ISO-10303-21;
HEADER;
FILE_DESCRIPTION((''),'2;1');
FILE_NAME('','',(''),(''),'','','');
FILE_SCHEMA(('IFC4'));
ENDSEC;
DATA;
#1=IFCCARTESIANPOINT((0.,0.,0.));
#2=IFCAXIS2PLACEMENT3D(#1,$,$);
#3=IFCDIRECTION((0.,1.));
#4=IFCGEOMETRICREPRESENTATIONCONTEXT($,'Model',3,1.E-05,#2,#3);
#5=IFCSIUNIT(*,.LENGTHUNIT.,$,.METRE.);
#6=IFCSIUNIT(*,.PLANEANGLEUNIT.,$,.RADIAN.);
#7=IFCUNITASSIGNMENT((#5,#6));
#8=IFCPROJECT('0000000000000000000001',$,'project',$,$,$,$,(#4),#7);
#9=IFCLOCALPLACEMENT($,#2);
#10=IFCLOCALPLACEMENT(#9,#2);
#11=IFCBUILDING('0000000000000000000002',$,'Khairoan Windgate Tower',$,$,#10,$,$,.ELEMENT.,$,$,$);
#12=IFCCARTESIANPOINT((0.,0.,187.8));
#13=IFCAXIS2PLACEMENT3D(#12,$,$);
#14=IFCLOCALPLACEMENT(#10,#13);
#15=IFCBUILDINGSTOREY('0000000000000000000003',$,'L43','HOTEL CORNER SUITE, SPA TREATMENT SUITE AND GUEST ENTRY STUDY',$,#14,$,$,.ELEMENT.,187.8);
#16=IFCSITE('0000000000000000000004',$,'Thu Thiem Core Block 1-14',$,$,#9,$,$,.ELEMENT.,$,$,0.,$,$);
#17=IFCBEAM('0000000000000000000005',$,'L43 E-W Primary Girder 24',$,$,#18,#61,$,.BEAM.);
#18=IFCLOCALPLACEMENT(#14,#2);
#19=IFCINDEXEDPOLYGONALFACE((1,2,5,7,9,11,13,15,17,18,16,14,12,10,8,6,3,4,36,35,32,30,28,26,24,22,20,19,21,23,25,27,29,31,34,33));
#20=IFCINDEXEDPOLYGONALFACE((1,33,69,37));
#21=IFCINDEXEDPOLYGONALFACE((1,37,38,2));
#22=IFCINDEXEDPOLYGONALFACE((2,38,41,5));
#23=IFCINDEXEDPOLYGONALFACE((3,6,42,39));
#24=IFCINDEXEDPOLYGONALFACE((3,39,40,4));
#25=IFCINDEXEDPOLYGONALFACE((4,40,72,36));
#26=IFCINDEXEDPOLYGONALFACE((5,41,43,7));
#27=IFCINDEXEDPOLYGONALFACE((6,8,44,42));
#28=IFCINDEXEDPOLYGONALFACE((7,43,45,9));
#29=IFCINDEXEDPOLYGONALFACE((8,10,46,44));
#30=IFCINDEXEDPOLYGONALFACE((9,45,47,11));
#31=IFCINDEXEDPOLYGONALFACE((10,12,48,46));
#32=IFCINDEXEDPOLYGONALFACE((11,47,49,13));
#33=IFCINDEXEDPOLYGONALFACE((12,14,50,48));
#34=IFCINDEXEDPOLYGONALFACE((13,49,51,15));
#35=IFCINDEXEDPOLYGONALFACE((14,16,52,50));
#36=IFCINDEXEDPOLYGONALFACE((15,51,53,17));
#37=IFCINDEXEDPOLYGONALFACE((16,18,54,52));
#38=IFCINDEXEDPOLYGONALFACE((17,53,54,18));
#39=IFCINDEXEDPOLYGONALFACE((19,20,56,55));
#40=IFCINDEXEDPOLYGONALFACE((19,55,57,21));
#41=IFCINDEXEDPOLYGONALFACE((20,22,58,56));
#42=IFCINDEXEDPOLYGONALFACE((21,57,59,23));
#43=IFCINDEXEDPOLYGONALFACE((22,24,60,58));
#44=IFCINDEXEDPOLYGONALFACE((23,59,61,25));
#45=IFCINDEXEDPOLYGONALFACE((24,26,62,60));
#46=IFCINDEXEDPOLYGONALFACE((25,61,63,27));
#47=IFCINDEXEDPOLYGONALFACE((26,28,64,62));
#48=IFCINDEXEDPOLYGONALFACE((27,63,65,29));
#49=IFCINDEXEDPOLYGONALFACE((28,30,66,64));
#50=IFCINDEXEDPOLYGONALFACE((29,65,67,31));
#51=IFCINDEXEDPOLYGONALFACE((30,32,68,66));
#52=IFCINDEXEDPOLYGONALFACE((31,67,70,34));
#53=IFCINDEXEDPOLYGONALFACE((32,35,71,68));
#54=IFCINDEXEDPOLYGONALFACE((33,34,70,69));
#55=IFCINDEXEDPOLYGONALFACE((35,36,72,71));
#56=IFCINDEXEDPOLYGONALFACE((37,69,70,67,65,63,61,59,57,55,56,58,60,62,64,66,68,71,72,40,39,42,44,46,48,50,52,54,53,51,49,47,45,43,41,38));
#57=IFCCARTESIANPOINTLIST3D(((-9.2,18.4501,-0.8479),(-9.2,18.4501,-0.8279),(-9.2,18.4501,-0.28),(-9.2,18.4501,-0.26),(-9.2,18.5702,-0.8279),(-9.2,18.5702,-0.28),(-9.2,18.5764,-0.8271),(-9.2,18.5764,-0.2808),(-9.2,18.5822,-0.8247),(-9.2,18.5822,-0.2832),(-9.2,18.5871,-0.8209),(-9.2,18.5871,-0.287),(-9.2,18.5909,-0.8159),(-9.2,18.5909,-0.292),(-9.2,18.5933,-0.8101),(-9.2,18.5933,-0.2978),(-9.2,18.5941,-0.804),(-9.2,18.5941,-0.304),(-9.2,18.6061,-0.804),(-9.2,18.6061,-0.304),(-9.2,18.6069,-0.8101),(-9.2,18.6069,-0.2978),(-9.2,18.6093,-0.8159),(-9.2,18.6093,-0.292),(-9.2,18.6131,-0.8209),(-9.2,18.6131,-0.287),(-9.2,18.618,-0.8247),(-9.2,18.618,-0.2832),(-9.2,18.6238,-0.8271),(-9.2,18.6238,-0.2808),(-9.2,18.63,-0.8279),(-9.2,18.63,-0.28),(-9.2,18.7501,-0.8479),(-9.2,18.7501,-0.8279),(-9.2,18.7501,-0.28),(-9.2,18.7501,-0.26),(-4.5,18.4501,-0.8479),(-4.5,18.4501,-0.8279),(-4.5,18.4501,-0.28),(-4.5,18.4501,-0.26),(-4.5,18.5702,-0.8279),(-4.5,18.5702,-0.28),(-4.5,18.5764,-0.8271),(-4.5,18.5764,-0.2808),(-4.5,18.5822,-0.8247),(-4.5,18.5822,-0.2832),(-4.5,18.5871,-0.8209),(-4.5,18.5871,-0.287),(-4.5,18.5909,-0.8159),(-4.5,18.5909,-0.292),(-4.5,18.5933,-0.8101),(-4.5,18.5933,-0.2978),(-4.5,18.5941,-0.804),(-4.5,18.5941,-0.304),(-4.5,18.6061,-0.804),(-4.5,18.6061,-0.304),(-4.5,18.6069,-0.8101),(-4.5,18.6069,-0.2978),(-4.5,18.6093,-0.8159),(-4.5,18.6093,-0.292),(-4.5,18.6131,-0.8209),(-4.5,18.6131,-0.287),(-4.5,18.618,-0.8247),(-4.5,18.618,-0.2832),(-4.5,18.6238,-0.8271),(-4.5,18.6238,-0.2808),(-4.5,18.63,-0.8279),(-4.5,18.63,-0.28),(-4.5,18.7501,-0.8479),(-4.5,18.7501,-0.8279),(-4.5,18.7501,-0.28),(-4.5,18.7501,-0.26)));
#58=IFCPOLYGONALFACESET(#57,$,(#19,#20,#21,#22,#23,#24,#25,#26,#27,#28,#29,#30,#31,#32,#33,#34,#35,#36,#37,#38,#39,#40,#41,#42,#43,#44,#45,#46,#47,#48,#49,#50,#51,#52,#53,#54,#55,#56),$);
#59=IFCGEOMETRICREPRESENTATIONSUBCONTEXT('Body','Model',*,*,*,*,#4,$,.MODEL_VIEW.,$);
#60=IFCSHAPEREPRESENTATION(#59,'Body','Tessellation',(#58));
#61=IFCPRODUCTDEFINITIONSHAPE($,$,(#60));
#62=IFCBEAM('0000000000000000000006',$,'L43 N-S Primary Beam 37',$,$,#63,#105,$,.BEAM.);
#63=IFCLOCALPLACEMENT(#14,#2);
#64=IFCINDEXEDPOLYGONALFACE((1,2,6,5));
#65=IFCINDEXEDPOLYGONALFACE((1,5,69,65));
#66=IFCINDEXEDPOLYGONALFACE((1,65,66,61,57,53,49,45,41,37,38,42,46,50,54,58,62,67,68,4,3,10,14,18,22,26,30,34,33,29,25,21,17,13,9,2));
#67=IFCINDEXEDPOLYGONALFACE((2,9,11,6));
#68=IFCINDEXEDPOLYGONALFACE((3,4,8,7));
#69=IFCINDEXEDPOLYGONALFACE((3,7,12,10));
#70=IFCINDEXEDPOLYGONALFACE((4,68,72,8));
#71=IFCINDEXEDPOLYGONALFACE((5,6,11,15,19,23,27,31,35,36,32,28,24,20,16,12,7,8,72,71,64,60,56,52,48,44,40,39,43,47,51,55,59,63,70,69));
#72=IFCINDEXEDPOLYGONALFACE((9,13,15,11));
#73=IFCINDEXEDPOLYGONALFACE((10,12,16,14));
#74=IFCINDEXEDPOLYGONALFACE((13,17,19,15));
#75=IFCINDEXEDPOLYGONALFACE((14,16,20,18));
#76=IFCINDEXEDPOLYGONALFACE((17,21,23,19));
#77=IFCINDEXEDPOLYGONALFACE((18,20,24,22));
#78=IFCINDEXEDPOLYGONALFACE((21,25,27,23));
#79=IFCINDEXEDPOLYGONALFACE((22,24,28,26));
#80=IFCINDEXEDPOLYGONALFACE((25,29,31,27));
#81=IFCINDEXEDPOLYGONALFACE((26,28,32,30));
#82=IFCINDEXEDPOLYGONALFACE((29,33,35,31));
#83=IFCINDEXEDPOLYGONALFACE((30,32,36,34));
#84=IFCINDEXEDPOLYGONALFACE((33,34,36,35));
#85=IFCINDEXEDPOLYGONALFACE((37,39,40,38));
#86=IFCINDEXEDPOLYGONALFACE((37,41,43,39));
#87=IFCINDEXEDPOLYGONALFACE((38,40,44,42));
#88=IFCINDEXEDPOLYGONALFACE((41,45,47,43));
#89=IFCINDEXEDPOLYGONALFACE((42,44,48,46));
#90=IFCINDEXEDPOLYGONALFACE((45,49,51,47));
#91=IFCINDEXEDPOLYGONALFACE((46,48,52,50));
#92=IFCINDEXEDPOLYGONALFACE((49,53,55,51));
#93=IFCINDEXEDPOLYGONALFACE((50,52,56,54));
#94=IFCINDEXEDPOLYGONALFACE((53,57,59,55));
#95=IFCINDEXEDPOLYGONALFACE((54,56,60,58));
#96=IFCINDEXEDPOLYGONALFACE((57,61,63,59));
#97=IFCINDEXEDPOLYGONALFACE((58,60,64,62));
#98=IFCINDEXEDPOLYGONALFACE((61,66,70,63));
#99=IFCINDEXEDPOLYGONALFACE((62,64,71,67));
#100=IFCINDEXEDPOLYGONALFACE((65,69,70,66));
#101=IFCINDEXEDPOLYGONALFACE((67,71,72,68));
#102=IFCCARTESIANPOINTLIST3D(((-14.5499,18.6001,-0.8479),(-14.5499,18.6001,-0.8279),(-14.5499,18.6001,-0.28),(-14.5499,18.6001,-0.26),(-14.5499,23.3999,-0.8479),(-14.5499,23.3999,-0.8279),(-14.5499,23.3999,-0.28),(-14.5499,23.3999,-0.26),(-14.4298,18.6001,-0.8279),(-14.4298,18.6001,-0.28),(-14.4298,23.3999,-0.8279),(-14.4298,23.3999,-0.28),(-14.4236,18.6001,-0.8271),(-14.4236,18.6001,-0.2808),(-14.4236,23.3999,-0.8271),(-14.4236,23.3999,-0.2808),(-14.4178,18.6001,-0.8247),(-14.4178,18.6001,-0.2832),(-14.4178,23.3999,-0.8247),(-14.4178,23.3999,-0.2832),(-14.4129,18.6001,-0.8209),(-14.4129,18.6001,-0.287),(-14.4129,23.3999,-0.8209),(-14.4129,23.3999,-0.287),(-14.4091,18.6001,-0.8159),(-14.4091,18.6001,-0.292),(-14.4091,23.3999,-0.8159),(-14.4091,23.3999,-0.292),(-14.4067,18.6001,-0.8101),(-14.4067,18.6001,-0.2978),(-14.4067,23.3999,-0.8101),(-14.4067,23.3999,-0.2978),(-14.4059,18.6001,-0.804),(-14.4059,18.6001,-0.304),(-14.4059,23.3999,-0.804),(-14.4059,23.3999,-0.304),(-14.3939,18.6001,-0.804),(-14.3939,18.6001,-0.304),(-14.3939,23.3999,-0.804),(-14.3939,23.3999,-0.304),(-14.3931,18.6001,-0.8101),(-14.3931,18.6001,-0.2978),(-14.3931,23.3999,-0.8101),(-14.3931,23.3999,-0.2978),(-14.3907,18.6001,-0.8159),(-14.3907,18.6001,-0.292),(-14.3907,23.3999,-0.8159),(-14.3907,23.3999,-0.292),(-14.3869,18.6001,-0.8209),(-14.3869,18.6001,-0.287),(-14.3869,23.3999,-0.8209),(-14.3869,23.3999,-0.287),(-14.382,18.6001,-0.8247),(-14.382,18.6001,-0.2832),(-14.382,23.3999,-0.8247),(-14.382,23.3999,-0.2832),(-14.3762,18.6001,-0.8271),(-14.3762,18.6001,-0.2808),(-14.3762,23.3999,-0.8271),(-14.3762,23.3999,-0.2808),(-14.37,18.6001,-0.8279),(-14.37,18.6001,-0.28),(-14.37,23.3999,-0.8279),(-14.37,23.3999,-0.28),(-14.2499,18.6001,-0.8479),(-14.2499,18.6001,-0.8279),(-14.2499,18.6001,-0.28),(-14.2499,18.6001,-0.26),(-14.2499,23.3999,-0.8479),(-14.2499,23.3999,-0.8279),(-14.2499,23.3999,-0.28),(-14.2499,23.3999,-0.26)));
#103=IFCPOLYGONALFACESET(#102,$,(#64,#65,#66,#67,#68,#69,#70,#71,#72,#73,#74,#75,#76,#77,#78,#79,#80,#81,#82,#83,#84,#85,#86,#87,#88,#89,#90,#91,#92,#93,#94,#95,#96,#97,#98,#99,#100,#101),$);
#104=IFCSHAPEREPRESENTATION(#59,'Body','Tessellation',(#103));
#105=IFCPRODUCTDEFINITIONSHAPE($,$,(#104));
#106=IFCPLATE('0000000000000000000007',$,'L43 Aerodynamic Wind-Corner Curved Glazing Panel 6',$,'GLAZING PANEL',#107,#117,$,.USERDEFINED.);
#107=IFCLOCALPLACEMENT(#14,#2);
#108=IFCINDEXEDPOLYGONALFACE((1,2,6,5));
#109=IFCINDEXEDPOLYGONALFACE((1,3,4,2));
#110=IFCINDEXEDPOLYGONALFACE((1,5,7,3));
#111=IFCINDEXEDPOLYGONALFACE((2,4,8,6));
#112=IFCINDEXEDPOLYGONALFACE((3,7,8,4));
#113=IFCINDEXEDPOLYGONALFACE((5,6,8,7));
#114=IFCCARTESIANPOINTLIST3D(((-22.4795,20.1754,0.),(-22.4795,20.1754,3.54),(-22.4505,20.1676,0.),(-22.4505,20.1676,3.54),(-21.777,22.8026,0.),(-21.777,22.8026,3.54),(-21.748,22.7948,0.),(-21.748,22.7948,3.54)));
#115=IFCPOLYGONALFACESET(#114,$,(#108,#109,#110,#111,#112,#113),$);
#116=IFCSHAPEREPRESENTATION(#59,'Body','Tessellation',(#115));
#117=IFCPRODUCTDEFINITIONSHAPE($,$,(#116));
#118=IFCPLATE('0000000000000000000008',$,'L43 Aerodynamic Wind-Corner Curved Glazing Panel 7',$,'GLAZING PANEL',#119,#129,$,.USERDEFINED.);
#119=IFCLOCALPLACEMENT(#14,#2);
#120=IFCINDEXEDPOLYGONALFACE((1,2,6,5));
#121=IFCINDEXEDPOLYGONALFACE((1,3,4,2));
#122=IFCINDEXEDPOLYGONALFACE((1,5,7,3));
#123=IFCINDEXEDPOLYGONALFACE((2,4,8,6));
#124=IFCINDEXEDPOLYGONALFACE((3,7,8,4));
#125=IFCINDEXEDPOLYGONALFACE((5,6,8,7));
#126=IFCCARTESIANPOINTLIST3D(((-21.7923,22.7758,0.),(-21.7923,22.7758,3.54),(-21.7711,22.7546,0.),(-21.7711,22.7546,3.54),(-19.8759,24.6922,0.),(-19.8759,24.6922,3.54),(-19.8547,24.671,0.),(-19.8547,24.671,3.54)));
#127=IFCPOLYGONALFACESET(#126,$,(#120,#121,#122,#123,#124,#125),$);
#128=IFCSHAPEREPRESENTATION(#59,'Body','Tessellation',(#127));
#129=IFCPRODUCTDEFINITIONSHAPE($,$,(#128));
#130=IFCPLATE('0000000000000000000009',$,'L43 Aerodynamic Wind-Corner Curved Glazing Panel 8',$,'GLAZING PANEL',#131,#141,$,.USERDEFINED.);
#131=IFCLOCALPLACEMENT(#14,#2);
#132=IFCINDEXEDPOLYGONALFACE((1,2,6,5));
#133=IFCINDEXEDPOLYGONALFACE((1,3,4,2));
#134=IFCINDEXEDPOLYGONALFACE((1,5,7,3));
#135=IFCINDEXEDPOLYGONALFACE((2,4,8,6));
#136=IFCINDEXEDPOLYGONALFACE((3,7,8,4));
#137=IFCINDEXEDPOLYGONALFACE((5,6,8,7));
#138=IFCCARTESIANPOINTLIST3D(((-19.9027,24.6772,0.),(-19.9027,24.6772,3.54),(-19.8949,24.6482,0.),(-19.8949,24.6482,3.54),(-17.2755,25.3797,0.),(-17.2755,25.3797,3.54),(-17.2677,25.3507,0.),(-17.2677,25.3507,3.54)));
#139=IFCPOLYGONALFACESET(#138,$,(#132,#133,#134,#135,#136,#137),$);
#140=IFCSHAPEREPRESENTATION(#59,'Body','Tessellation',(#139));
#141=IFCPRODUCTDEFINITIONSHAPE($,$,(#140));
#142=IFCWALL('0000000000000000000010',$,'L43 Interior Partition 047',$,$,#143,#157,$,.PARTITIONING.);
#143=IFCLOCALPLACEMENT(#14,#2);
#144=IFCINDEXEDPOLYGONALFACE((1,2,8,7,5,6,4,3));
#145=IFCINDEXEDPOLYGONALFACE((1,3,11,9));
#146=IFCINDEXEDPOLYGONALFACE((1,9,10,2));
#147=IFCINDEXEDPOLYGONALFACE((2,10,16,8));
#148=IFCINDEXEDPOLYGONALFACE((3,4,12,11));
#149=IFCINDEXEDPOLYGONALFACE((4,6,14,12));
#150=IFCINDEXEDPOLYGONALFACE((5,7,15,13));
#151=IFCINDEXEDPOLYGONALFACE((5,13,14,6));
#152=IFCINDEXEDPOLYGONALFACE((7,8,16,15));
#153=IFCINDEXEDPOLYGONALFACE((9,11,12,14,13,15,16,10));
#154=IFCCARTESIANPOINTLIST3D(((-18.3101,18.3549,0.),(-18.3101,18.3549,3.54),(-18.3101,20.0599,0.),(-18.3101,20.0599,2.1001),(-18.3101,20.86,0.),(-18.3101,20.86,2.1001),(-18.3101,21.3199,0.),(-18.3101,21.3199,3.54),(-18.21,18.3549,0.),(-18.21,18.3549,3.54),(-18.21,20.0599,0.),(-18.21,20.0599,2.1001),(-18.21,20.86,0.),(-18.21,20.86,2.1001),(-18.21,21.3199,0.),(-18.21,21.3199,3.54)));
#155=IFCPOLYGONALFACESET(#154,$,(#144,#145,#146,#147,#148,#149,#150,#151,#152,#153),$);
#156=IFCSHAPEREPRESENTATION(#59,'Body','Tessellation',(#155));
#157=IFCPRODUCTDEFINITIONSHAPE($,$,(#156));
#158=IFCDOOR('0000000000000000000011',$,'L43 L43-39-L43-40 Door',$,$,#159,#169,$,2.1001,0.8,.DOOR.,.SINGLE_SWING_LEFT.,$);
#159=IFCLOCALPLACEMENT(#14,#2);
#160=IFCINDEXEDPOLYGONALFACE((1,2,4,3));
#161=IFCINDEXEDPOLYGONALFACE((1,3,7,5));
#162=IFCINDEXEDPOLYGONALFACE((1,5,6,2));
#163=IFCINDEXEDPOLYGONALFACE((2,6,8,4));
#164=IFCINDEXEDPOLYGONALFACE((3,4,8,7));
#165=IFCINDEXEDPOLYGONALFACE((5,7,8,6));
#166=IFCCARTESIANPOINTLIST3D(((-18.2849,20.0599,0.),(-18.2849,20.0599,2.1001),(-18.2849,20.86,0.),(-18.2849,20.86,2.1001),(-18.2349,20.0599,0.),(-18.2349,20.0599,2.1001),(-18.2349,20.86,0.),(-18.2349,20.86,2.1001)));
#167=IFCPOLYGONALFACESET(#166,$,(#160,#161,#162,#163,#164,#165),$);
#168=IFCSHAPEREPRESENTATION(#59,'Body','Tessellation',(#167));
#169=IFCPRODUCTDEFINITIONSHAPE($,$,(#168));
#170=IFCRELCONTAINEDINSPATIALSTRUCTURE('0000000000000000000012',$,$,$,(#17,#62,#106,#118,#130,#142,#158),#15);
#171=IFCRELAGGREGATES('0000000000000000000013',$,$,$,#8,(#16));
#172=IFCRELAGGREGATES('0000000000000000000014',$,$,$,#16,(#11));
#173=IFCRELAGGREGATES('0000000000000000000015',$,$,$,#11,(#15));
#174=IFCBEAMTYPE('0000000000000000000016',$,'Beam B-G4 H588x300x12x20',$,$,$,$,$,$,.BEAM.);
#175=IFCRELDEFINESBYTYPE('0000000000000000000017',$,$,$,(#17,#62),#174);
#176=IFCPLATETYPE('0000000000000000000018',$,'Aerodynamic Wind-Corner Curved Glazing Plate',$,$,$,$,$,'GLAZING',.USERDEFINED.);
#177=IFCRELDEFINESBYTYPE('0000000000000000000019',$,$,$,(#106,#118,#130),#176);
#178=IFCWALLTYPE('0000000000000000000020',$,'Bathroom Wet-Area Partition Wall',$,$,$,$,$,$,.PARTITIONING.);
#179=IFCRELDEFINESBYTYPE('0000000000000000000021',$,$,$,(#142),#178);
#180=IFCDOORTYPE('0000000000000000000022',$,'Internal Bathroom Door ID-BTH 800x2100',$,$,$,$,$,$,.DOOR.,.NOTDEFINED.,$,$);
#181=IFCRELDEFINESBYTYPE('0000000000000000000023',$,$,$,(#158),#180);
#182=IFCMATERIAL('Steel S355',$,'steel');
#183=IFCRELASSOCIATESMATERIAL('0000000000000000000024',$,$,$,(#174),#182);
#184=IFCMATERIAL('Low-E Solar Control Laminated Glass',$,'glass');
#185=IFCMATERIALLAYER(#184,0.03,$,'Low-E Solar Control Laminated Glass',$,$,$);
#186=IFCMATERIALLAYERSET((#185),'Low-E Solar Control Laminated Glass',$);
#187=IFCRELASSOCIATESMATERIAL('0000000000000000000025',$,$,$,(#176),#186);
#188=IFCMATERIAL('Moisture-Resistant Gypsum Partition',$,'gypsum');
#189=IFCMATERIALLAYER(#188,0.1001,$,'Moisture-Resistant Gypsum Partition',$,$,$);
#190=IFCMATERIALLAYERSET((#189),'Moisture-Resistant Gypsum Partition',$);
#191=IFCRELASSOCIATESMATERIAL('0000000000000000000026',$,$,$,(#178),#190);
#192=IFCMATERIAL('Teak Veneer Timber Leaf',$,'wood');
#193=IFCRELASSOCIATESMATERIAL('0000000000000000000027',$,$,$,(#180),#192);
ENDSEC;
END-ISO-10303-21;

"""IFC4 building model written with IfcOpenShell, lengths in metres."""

from ifc_helpers import new_model, si_unit, direction, frame, frame_2d, origin, origin_2d, place, context, subcontext, project, spatial, rectangle, i_section, extrude, material, layer, layer_set, material_profile, profile_set, type_object, element, fill, save


model = new_model("IFC4")

# Units and contexts
model_context = context("Model", 3, precision=1e-05, world=origin(), true_north=direction((0.0, 1.0)))
body_context = subcontext(model_context, "Body", "Model", "MODEL_VIEW")
ifc_project = project(units=[si_unit("LENGTHUNIT", "METRE"), si_unit("PLANEANGLEUNIT", "RADIAN")], contexts=[model_context])

# Site, building, storey
site_placement = place(None, origin())
site = spatial("IfcSite", under=ifc_project, at=site_placement, Name="Thu Thiem Core Block 1-14", CompositionType="ELEMENT", RefElevation=0.0)
building_placement = place(site_placement, origin())
building = spatial("IfcBuilding", under=site, at=building_placement, Name="Khairoan Windgate Tower", CompositionType="ELEMENT")
storey_placement = place(building_placement, frame((0.0, 0.0, 187.8)))
storey = spatial("IfcBuildingStorey", under=building, at=storey_placement, Name="L43", Description="HOTEL CORNER SUITE, SPA TREATMENT SUITE AND GUEST ENTRY STUDY", CompositionType="ELEMENT", Elevation=187.8)

# Beams
ifc_material_1 = material(Name="Steel S355", Category="steel")
ifc_material_profile_1 = material_profile(ifc_material_1, i_section(OverallWidth=0.3, OverallDepth=0.5879, WebThickness=0.012, FlangeThickness=0.02, FilletRadius=0.0239, at=origin_2d()))
ifc_profile_set_1 = profile_set([ifc_material_profile_1], Name="Steel S355")
beam_type = type_object("IfcBeamType", Name="Beam B-G4 H588x300x12x20", PredefinedType="BEAM", material=ifc_profile_set_1)
beam_1_placement = place(storey_placement, frame((-9.2, 18.6001, -0.554), z_axis=(1.0, 0.0, 0.0), x_axis=(0.0, 1.0, 0.0)))
element("IfcBeam", 1, at=beam_1_placement, inside=storey, type_object=beam_type, Name="L43 E-W Primary Girder 24", PredefinedType="BEAM", context=body_context, shape_type="SweptSolid", body=[
    extrude(i_section(OverallWidth=0.3, OverallDepth=0.5879, WebThickness=0.012, FlangeThickness=0.02, FilletRadius=0.0239, at=origin_2d()), origin(), (0.0, 0.0, 1.0), 4.7),
])
beam_2_placement = place(storey_placement, frame((-14.3999, 18.6001, -0.554), z_axis=(0.0, 1.0, 0.0), x_axis=(-1.0, 0.0, 0.0)))
element("IfcBeam", 2, at=beam_2_placement, inside=storey, type_object=beam_type, Name="L43 N-S Primary Beam 37", PredefinedType="BEAM", context=body_context, shape_type="SweptSolid", body=[
    extrude(i_section(OverallWidth=0.3, OverallDepth=0.5879, WebThickness=0.012, FlangeThickness=0.02, FilletRadius=0.0239, at=origin_2d()), origin(), (0.0, 0.0, 1.0), 4.7998),
])

# Plates
ifc_material_2 = material(Name="Low-E Solar Control Laminated Glass", Category="glass")
ifc_layer_1 = layer(ifc_material_2, 0.03, Name="Low-E Solar Control Laminated Glass")
ifc_layer_set_1 = layer_set([ifc_layer_1], Name="Low-E Solar Control Laminated Glass")
plate_type_1 = type_object("IfcPlateType", Name="Aerodynamic Wind-Corner Curved Glazing Plate", ElementType="GLAZING", PredefinedType="USERDEFINED", material=ifc_layer_set_1)
plate_1_placement = place(storey_placement, frame((-22.1138, 21.4851, 0.0), z_axis=(0.0, 0.0, 1.0), x_axis=(0.258313, 0.966061, 0.0)))
element("IfcPlate", 3, at=plate_1_placement, inside=storey, type_object=plate_type_1, Name="L43 Aerodynamic Wind-Corner Curved Glazing Panel 6", ObjectType="GLAZING PANEL", PredefinedType="USERDEFINED", context=body_context, shape_type="SweptSolid", body=[
    extrude(rectangle(XDim=2.7195, YDim=0.03, at=origin_2d()), origin(), (0.0, 0.0, 1.0), 3.54),
])
plate_2_placement = place(storey_placement, frame((-20.8235, 23.7234, 0.0), z_axis=(0.0, 0.0, 1.0), x_axis=(0.707107, 0.707107, 0.0)))
element("IfcPlate", 4, at=plate_2_placement, inside=storey, type_object=plate_type_1, Name="L43 Aerodynamic Wind-Corner Curved Glazing Panel 7", ObjectType="GLAZING PANEL", PredefinedType="USERDEFINED", context=body_context, shape_type="SweptSolid", body=[
    extrude(rectangle(XDim=2.7102, YDim=0.03, at=origin_2d()), origin(), (0.0, 0.0, 1.0), 3.54),
])
plate_3_placement = place(storey_placement, frame((-18.5852, 25.0139, 0.0), z_axis=(0.0, 0.0, 1.0), x_axis=(0.966061, 0.258313, 0.0)))
element("IfcPlate", 5, at=plate_3_placement, inside=storey, type_object=plate_type_1, Name="L43 Aerodynamic Wind-Corner Curved Glazing Panel 8", ObjectType="GLAZING PANEL", PredefinedType="USERDEFINED", context=body_context, shape_type="SweptSolid", body=[
    extrude(rectangle(XDim=2.7195, YDim=0.03, at=origin_2d()), origin(), (0.0, 0.0, 1.0), 3.54),
])

# Wall, opening, door
ifc_material_3 = material(Name="Moisture-Resistant Gypsum Partition", Category="gypsum")
ifc_layer_2 = layer(ifc_material_3, 0.1001, Name="Moisture-Resistant Gypsum Partition")
ifc_layer_set_2 = layer_set([ifc_layer_2], Name="Moisture-Resistant Gypsum Partition")
wall_type_1 = type_object("IfcWallType", Name="Bathroom Wet-Area Partition Wall", PredefinedType="PARTITIONING", material=ifc_layer_set_2)
wall_1_placement = place(storey_placement, frame((-18.26, 18.355, 0.0), z_axis=(0.0, 0.0, 1.0), x_axis=(0.0, 1.0, 0.0)))
wall_1 = element("IfcWall", 6, at=wall_1_placement, inside=storey, type_object=wall_type_1, Name="L43 Interior Partition 047", PredefinedType="PARTITIONING", context=body_context, shape_type="SweptSolid", body=[
    extrude(rectangle(XDim=2.9651, YDim=0.1001, at=frame_2d((1.4824, 0.0))), origin(), (0.0, 0.0, 1.0), 3.54),
])
opening_1_placement = place(wall_1_placement, frame((1.7051, 0.0, 0.0)))
opening_1 = element("IfcOpeningElement", 7, at=opening_1_placement, cuts=wall_1, PredefinedType="OPENING", context=body_context, shape_type="SweptSolid", body=[
    extrude(rectangle(XDim=0.8, YDim=2.1001, at=frame_2d((0.3999, 1.05))), frame((0.0, 0.0601, 0.0), z_axis=(0.0, -1.0, 0.0), x_axis=(1.0, 0.0, 0.0)), (0.0, 0.0, 1.0), 0.1201),
])
ifc_material_4 = material(Name="Teak Veneer Timber Leaf", Category="wood")
door_type_1 = type_object("IfcDoorType", Name="Internal Bathroom Door ID-BTH 800x2100", OperationType="NOTDEFINED", PredefinedType="DOOR", material=ifc_material_4)
door_1_placement = place(opening_1_placement, origin())
door_1 = element("IfcDoor", 8, at=door_1_placement, inside=storey, type_object=door_type_1, Name="L43 L43-39-L43-40 Door", OperationType="SINGLE_SWING_LEFT", OverallHeight=2.1001, OverallWidth=0.8, PredefinedType="DOOR", context=body_context, shape_type="SweptSolid", body=[
    extrude(rectangle(XDim=0.8, YDim=2.1001, at=frame_2d((0.3999, 1.05))), frame((0.0, 0.0249, 0.0), z_axis=(0.0, -1.0, 0.0), x_axis=(1.0, 0.0, 0.0)), (0.0, 0.0, 1.0), 0.05),
])
fill(opening_1, door_1)

save(model, "model.ifc")
